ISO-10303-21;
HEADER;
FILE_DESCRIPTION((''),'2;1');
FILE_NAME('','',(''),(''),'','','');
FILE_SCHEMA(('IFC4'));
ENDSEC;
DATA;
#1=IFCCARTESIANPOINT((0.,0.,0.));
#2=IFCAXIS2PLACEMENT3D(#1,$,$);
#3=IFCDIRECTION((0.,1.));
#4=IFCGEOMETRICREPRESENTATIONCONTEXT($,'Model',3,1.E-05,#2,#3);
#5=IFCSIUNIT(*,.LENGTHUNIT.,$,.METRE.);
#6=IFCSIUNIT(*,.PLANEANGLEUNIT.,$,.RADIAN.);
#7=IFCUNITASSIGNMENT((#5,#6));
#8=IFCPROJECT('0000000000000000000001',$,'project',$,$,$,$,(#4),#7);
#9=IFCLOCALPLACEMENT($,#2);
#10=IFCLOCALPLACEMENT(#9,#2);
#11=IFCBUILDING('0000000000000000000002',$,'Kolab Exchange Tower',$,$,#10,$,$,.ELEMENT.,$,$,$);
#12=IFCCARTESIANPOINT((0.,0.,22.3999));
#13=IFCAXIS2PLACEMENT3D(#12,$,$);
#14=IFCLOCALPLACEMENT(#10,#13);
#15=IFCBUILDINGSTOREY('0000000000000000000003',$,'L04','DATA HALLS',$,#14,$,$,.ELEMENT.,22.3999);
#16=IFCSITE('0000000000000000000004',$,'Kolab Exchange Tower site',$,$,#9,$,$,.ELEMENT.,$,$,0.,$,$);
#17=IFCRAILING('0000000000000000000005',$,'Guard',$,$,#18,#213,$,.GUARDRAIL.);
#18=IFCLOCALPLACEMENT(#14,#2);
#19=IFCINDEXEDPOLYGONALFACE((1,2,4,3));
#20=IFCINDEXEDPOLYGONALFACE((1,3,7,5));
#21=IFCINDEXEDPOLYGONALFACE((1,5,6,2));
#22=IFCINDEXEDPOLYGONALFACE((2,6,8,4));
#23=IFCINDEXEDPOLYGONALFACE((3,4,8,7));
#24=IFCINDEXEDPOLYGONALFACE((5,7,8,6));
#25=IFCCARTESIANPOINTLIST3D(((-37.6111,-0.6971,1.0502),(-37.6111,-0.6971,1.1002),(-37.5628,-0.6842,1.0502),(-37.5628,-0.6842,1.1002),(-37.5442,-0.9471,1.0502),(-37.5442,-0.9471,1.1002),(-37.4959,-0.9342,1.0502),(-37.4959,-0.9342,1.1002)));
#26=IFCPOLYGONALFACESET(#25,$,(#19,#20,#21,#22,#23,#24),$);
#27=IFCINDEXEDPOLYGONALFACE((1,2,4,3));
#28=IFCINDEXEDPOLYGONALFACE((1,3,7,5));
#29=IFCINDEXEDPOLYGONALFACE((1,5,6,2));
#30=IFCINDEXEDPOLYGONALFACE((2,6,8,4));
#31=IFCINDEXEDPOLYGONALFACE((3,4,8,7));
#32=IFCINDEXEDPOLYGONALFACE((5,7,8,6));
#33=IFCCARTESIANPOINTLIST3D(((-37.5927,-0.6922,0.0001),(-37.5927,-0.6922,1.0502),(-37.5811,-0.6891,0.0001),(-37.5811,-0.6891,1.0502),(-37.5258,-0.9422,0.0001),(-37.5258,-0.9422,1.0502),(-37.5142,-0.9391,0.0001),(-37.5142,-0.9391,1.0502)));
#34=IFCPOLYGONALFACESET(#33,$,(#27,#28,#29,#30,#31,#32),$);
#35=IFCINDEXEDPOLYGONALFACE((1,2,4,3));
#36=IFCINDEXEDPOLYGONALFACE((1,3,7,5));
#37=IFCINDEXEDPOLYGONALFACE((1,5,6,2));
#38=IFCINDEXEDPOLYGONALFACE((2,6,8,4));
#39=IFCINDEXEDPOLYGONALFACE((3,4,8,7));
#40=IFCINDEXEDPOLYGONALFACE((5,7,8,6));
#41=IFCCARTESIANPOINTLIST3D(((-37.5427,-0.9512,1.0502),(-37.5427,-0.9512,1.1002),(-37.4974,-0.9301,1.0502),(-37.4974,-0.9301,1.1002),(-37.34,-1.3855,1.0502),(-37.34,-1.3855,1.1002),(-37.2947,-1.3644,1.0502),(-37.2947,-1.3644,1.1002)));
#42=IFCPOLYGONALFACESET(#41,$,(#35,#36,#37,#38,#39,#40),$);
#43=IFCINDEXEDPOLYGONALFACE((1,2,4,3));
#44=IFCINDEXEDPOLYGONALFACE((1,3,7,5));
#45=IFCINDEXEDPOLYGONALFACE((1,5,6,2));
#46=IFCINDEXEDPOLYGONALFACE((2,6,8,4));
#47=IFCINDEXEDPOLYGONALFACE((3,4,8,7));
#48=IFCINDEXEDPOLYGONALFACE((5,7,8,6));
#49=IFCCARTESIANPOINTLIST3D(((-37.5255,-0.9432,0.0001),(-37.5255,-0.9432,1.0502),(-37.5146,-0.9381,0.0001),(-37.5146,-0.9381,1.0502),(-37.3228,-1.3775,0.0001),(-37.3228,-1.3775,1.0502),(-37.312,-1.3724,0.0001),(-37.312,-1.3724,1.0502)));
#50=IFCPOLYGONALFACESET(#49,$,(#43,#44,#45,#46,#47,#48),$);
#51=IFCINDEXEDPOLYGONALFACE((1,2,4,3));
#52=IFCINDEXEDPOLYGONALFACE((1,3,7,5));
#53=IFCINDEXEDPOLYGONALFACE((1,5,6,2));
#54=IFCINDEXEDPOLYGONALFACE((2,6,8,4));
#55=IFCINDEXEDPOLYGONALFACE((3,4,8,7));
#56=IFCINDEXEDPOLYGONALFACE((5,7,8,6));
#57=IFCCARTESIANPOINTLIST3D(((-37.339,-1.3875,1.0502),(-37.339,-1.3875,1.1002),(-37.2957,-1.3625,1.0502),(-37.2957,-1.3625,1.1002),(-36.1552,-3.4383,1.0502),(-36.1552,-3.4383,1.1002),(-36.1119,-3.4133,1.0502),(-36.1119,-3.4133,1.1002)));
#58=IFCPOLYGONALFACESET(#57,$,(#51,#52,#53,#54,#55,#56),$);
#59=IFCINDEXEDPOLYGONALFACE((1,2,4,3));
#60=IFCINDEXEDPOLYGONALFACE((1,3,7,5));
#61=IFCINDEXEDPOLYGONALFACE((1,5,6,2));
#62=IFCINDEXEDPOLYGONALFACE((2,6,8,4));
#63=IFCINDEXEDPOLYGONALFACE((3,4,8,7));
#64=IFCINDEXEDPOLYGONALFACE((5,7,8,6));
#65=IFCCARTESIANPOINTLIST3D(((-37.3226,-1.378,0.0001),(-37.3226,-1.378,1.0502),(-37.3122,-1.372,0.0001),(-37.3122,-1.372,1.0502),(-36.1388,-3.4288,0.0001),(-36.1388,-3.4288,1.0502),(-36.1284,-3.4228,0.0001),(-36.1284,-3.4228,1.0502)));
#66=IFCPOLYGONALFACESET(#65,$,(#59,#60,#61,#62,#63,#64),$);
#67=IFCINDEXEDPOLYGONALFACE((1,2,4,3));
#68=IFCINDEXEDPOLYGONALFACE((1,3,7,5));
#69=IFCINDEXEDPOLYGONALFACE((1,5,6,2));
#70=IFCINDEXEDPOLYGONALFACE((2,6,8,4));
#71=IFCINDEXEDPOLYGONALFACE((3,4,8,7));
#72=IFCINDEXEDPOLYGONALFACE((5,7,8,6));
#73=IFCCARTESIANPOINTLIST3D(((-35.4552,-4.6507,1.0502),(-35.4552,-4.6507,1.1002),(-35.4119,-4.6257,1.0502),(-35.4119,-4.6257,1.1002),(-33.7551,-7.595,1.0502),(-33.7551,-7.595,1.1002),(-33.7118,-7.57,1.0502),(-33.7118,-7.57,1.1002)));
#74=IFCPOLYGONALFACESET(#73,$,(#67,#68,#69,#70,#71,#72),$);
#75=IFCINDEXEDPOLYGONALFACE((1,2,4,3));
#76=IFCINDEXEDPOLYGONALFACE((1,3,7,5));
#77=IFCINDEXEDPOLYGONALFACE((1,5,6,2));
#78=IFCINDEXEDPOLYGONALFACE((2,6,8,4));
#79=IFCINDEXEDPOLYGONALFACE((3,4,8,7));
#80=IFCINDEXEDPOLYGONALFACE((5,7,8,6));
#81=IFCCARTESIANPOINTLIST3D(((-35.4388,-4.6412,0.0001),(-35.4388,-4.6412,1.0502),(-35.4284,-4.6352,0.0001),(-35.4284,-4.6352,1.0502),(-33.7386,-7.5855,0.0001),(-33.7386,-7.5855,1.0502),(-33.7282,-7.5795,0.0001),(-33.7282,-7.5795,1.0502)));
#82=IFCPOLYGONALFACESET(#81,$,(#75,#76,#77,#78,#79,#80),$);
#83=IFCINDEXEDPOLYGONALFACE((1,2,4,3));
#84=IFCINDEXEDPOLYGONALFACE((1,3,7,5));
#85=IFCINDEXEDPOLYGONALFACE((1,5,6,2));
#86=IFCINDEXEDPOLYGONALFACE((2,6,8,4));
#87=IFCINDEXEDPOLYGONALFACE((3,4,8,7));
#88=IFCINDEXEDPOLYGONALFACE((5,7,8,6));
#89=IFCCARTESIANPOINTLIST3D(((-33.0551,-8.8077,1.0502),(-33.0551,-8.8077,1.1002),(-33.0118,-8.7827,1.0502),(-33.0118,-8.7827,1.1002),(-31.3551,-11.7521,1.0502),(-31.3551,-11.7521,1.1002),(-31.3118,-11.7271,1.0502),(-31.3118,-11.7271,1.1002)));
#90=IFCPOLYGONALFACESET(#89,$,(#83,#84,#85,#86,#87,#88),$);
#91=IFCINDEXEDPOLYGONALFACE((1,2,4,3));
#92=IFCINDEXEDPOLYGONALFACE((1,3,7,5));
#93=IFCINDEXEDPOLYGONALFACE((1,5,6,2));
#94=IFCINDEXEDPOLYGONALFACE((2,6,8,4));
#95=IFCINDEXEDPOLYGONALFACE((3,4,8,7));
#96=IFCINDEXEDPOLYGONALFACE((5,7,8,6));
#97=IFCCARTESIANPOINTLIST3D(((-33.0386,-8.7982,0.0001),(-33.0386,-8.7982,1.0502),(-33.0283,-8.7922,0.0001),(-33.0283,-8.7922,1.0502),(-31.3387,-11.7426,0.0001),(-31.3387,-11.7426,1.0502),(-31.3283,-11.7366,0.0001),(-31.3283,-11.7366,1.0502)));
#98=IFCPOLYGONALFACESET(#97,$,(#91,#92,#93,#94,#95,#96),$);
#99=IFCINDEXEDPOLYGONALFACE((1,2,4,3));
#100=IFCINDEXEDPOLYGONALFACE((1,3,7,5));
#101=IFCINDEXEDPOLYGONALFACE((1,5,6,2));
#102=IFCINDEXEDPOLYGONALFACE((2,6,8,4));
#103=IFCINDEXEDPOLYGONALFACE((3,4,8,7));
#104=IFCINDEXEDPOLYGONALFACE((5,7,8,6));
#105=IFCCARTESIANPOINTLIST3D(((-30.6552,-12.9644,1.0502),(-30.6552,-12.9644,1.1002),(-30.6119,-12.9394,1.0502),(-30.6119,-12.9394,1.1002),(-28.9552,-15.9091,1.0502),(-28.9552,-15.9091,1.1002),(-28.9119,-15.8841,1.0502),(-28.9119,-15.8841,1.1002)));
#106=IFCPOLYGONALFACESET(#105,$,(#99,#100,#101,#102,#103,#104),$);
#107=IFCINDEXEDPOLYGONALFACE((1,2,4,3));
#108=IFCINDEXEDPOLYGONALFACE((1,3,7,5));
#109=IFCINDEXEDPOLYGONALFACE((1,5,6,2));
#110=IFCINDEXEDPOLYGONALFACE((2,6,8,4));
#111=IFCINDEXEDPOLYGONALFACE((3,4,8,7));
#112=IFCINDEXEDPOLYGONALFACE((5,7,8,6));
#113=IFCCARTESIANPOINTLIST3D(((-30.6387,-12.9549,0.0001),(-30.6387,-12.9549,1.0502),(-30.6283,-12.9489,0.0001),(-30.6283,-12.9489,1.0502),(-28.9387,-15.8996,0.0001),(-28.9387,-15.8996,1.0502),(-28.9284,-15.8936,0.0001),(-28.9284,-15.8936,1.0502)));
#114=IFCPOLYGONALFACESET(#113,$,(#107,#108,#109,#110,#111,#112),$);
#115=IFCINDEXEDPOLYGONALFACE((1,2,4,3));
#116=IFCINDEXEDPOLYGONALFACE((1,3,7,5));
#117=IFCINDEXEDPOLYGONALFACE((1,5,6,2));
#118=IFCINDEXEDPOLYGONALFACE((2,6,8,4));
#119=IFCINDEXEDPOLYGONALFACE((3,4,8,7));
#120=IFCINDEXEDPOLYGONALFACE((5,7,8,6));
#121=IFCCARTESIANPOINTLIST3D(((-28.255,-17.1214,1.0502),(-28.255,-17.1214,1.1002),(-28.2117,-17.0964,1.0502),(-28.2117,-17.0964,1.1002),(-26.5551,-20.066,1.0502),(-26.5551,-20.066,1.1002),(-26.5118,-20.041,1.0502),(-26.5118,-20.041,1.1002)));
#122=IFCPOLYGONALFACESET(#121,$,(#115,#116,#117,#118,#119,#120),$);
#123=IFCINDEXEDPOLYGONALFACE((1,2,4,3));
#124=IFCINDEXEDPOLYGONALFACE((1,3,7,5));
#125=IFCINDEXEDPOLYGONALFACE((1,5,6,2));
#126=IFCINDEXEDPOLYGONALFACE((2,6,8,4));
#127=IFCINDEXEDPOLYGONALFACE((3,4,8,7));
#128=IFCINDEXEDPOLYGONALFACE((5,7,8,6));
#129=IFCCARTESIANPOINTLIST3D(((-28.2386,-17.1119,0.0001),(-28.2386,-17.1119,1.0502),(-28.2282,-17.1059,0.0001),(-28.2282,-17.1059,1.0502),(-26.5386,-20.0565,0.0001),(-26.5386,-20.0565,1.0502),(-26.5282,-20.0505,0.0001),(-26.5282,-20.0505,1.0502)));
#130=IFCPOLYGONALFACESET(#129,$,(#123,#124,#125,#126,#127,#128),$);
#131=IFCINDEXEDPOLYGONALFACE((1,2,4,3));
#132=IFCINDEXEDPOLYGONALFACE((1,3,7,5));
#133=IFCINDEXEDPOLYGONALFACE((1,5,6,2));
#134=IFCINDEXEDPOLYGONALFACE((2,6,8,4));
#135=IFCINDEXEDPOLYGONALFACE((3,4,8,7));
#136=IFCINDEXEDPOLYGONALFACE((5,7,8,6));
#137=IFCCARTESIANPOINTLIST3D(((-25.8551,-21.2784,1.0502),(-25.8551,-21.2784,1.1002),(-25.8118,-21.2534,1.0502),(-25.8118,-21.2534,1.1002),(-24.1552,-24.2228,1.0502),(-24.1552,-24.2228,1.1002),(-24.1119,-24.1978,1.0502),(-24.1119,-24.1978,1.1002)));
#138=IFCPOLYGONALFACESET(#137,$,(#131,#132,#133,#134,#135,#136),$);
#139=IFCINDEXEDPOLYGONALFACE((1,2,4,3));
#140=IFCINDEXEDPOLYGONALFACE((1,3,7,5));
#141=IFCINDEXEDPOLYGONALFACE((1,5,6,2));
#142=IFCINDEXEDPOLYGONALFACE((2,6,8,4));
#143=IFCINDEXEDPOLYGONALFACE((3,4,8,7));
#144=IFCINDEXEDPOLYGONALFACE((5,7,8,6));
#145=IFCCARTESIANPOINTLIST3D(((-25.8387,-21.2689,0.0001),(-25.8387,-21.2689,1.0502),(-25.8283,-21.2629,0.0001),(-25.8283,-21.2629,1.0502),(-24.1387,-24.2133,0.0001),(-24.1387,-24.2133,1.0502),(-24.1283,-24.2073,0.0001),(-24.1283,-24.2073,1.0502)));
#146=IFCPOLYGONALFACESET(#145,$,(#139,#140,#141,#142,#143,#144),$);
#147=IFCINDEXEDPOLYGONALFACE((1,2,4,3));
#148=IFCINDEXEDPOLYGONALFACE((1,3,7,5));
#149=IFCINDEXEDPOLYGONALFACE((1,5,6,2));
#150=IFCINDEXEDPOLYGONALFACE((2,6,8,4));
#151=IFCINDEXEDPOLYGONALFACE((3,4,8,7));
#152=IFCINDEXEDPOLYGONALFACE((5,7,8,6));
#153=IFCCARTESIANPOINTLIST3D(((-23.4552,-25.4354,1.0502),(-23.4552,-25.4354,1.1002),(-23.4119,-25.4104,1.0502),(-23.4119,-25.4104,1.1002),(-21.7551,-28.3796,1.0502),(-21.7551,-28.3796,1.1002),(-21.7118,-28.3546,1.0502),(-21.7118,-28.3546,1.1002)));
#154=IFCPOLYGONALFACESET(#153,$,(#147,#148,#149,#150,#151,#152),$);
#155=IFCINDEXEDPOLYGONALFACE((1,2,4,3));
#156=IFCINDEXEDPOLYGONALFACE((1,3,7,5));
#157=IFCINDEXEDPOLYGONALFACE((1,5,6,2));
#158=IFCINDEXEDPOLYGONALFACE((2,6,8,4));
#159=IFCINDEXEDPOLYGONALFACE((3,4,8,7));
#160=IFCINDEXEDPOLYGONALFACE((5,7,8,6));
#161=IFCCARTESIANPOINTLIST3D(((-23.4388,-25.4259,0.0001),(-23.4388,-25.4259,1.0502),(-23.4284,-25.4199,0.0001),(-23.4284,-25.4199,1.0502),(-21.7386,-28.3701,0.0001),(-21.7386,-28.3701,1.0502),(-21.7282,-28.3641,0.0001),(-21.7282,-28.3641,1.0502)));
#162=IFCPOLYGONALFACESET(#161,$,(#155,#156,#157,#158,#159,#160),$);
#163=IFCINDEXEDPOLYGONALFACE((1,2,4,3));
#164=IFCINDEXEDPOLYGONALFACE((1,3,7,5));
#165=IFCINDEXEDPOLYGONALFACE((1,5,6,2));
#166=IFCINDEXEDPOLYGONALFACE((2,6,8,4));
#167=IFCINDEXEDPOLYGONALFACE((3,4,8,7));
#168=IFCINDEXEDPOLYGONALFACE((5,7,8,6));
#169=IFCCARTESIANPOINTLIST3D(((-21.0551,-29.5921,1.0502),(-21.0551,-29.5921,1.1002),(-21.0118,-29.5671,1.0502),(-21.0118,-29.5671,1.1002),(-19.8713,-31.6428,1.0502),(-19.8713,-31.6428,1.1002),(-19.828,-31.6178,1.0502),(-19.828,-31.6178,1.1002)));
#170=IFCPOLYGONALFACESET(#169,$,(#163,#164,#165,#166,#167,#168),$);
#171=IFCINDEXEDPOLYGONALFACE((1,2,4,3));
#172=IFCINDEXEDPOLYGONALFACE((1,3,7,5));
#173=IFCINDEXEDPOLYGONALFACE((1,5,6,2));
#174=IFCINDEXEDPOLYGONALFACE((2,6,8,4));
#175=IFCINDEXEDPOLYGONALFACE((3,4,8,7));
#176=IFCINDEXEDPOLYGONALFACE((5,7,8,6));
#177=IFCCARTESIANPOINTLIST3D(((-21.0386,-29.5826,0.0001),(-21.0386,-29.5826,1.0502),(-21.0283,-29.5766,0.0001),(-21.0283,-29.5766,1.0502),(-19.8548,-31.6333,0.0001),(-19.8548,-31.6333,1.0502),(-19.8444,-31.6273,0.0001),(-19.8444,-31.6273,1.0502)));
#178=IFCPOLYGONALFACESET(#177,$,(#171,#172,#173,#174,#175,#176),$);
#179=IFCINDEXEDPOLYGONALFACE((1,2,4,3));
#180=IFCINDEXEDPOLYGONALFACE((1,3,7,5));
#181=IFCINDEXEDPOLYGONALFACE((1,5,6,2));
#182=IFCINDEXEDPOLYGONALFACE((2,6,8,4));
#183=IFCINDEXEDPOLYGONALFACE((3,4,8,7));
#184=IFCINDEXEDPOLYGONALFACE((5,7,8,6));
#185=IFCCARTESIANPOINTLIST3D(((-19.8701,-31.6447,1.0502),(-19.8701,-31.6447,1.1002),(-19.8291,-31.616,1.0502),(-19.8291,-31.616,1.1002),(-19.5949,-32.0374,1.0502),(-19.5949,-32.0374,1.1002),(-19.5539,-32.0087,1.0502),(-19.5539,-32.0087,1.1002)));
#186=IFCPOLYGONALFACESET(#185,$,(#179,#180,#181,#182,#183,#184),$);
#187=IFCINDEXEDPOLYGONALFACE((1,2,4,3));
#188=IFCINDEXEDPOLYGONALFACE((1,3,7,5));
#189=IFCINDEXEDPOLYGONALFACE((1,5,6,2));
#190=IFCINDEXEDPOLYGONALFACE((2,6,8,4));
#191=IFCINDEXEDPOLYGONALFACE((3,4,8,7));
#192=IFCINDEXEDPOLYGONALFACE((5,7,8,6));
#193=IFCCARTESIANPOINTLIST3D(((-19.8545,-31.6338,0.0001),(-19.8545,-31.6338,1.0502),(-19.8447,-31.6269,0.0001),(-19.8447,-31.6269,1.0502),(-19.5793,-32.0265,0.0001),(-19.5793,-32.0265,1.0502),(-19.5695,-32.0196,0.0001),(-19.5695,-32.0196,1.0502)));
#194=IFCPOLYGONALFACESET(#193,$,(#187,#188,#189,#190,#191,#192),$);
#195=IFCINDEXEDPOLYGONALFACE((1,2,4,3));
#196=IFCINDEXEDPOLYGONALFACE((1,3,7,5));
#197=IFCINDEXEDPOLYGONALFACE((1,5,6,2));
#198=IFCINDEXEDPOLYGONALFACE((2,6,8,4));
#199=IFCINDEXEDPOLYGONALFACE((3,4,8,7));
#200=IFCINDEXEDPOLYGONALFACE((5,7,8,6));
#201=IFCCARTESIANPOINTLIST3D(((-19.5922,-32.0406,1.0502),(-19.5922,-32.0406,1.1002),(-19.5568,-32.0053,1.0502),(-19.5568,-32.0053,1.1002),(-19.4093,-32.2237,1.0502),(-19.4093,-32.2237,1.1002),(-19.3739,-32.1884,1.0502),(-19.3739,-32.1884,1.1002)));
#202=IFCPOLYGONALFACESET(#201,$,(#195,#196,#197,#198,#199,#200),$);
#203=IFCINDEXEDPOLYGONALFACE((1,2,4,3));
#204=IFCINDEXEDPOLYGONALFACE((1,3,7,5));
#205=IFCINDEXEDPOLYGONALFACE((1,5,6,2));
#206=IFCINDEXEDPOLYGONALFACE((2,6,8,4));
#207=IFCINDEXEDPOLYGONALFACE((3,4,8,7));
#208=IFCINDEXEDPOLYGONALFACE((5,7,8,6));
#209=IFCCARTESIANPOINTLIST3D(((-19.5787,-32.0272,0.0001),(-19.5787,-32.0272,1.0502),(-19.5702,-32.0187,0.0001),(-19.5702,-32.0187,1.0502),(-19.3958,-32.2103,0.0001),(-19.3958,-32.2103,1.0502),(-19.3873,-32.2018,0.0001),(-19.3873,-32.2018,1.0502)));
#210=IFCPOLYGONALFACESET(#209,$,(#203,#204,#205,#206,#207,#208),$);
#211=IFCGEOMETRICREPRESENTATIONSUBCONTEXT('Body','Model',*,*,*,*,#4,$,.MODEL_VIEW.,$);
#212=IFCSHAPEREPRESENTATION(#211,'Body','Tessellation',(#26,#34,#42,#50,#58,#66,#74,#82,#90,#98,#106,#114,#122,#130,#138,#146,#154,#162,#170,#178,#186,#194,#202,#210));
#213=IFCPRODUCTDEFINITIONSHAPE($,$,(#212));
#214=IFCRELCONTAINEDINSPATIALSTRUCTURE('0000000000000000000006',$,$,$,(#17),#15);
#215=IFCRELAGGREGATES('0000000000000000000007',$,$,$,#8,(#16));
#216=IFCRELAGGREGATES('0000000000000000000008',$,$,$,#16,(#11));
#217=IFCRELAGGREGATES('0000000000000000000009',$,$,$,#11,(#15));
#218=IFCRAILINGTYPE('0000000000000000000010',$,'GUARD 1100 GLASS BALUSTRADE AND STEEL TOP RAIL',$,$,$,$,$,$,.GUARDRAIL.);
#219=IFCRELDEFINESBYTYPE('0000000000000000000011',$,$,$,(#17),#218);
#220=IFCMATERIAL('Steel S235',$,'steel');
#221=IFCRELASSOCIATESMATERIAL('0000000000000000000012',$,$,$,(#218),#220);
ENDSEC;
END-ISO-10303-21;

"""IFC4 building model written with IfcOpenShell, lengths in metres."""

from ifc_helpers import new_model, si_unit, direction, frame, frame_2d, origin, origin_2d, place, context, subcontext, project, spatial, rectangle, extrude, material, type_object, element, save


model = new_model("IFC4")

# Units and contexts
model_context = context("Model", 3, precision=1e-05, world=origin(), true_north=direction((0.0, 1.0)))
body_context = subcontext(model_context, "Body", "Model", "MODEL_VIEW")
ifc_project = project(units=[si_unit("LENGTHUNIT", "METRE"), si_unit("PLANEANGLEUNIT", "RADIAN")], contexts=[model_context])

# Site, building, storey
site_placement = place(None, origin())
site = spatial("IfcSite", under=ifc_project, at=site_placement, Name="Kolab Exchange Tower site", CompositionType="ELEMENT", RefElevation=0.0)
building_placement = place(site_placement, origin())
building = spatial("IfcBuilding", under=site, at=building_placement, Name="Kolab Exchange Tower", CompositionType="ELEMENT")
storey_placement = place(building_placement, frame((0.0, 0.0, 22.3999)))
storey = spatial("IfcBuildingStorey", under=building, at=storey_placement, Name="L04", Description="DATA HALLS", CompositionType="ELEMENT", Elevation=22.3999)

# Railing
ifc_material_1 = material(Name="Steel S235", Category="steel")
railing_type = type_object("IfcRailingType", Name="GUARD 1100 GLASS BALUSTRADE AND STEEL TOP RAIL", PredefinedType="GUARDRAIL", material=ifc_material_1)
railing_placement = place(storey_placement, frame((-37.5869, -0.6907, 0.0)))
element("IfcRailing", 1, at=railing_placement, inside=storey, type_object=railing_type, Name="Guard", PredefinedType="GUARDRAIL", context=body_context, shape_type="SweptSolid", body=[
    extrude(rectangle(XDim=0.05, YDim=0.05, at=origin_2d()), frame((0.0, 0.0, 1.0752), z_axis=(0.258485, -0.966015, 0.0), x_axis=(0.966015, 0.258485, 0.0)), (0.0, 0.0, 1.0), 0.2588),
    extrude(rectangle(XDim=0.012, YDim=1.0501, at=frame_2d((0.0, 0.5251))), frame((0.0, 0.0, 0.0), z_axis=(0.258485, -0.966015, 0.0), x_axis=(0.966015, 0.258485, 0.0)), (0.0, 0.0, 1.0), 0.2588),
    extrude(rectangle(XDim=0.05, YDim=0.05, at=origin_2d()), frame((0.0669, -0.25, 1.0752), z_axis=(0.422802, -0.906222, 0.0), x_axis=(0.906222, 0.422802, 0.0)), (0.0, 0.0, 1.0), 0.4792),
    extrude(rectangle(XDim=0.012, YDim=1.0501, at=frame_2d((0.0, 0.5251))), frame((0.0669, -0.25, 0.0), z_axis=(0.422802, -0.906222, 0.0), x_axis=(0.906222, 0.422802, 0.0)), (0.0, 0.0, 1.0), 0.4792),
    extrude(rectangle(XDim=0.05, YDim=0.05, at=origin_2d()), frame((0.2695, -0.6843, 1.0752), z_axis=(0.499943, -0.866059, 0.0), x_axis=(0.866059, 0.499943, 0.0)), (0.0, 0.0, 1.0), 2.3679),
    extrude(rectangle(XDim=0.012, YDim=1.0501, at=frame_2d((0.0, 0.5251))), frame((0.2695, -0.6843, 0.0), z_axis=(0.499943, -0.866059, 0.0), x_axis=(0.866059, 0.499943, 0.0)), (0.0, 0.0, 1.0), 2.3679),
    extrude(rectangle(XDim=0.05, YDim=0.05, at=origin_2d()), frame((2.1533, -3.9475, 1.0752), z_axis=(0.500062, -0.865989, 0.0), x_axis=(0.865989, 0.500062, 0.0)), (0.0, 0.0, 1.0), 3.3999),
    extrude(rectangle(XDim=0.012, YDim=1.0501, at=frame_2d((0.0, 0.5251))), frame((2.1533, -3.9475, 0.0), z_axis=(0.500062, -0.865989, 0.0), x_axis=(0.865989, 0.500062, 0.0)), (0.0, 0.0, 1.0), 3.3999),
    extrude(rectangle(XDim=0.05, YDim=0.05, at=origin_2d()), frame((4.5535, -8.1045, 1.0752), z_axis=(0.500008, -0.866021, 0.0), x_axis=(0.866021, 0.500008, 0.0)), (0.0, 0.0, 1.0), 3.3999),
    extrude(rectangle(XDim=0.012, YDim=1.0501, at=frame_2d((0.0, 0.5251))), frame((4.5535, -8.1045, 0.0), z_axis=(0.500008, -0.866021, 0.0), x_axis=(0.866021, 0.500008, 0.0)), (0.0, 0.0, 1.0), 3.3999),
    extrude(rectangle(XDim=0.05, YDim=0.05, at=origin_2d()), frame((6.9534, -12.2612, 1.0752), z_axis=(0.499977, -0.866039, 0.0), x_axis=(0.866039, 0.499977, 0.0)), (0.0, 0.0, 1.0), 3.4001),
    extrude(rectangle(XDim=0.012, YDim=1.0501, at=frame_2d((0.0, 0.5251))), frame((6.9534, -12.2612, 0.0), z_axis=(0.499977, -0.866039, 0.0), x_axis=(0.866039, 0.499977, 0.0)), (0.0, 0.0, 1.0), 3.4001),
    extrude(rectangle(XDim=0.05, YDim=0.05, at=origin_2d()), frame((9.3535, -16.4182, 1.0752), z_axis=(0.499977, -0.866039, 0.0), x_axis=(0.866039, 0.499977, 0.0)), (0.0, 0.0, 1.0), 3.4001),
    extrude(rectangle(XDim=0.012, YDim=1.0501, at=frame_2d((0.0, 0.5251))), frame((9.3535, -16.4182, 0.0), z_axis=(0.499977, -0.866039, 0.0), x_axis=(0.866039, 0.499977, 0.0)), (0.0, 0.0, 1.0), 3.4001),
    extrude(rectangle(XDim=0.05, YDim=0.05, at=origin_2d()), frame((11.7534, -20.5752, 1.0752), z_axis=(0.500008, -0.866021, 0.0), x_axis=(0.866021, 0.500008, 0.0)), (0.0, 0.0, 1.0), 3.3999),
    extrude(rectangle(XDim=0.012, YDim=1.0501, at=frame_2d((0.0, 0.5251))), frame((11.7534, -20.5752, 0.0), z_axis=(0.500008, -0.866021, 0.0), x_axis=(0.866021, 0.500008, 0.0)), (0.0, 0.0, 1.0), 3.3999),
    extrude(rectangle(XDim=0.05, YDim=0.05, at=origin_2d()), frame((14.1533, -24.7322, 1.0752), z_axis=(0.500062, -0.865989, 0.0), x_axis=(0.865989, 0.500062, 0.0)), (0.0, 0.0, 1.0), 3.3999),
    extrude(rectangle(XDim=0.012, YDim=1.0501, at=frame_2d((0.0, 0.5251))), frame((14.1533, -24.7322, 0.0), z_axis=(0.500062, -0.865989, 0.0), x_axis=(0.865989, 0.500062, 0.0)), (0.0, 0.0, 1.0), 3.3999),
    extrude(rectangle(XDim=0.05, YDim=0.05, at=origin_2d()), frame((16.5535, -28.8889, 1.0752), z_axis=(0.499943, -0.866059, 0.0), x_axis=(0.866059, 0.499943, 0.0)), (0.0, 0.0, 1.0), 2.3679),
    extrude(rectangle(XDim=0.012, YDim=1.0501, at=frame_2d((0.0, 0.5251))), frame((16.5535, -28.8889, 0.0), z_axis=(0.499943, -0.866059, 0.0), x_axis=(0.866059, 0.499943, 0.0)), (0.0, 0.0, 1.0), 2.3679),
    extrude(rectangle(XDim=0.05, YDim=0.05, at=origin_2d()), frame((17.7373, -30.9397, 1.0752), z_axis=(0.573941, -0.818897, 0.0), x_axis=(0.818897, 0.573941, 0.0)), (0.0, 0.0, 1.0), 0.4795),
    extrude(rectangle(XDim=0.012, YDim=1.0501, at=frame_2d((0.0, 0.5251))), frame((17.7373, -30.9397, 0.0), z_axis=(0.573941, -0.818897, 0.0), x_axis=(0.818897, 0.573941, 0.0)), (0.0, 0.0, 1.0), 0.4795),
    extrude(rectangle(XDim=0.05, YDim=0.05, at=origin_2d()), frame((18.0125, -31.3323, 1.0752), z_axis=(0.706635, -0.707578, 0.0), x_axis=(0.707578, 0.706635, 0.0)), (0.0, 0.0, 1.0), 0.2588),
    extrude(rectangle(XDim=0.012, YDim=1.0501, at=frame_2d((0.0, 0.5251))), frame((18.0125, -31.3323, 0.0), z_axis=(0.706635, -0.707578, 0.0), x_axis=(0.707578, 0.706635, 0.0)), (0.0, 0.0, 1.0), 0.2588),
])

save(model, "model.ifc")
